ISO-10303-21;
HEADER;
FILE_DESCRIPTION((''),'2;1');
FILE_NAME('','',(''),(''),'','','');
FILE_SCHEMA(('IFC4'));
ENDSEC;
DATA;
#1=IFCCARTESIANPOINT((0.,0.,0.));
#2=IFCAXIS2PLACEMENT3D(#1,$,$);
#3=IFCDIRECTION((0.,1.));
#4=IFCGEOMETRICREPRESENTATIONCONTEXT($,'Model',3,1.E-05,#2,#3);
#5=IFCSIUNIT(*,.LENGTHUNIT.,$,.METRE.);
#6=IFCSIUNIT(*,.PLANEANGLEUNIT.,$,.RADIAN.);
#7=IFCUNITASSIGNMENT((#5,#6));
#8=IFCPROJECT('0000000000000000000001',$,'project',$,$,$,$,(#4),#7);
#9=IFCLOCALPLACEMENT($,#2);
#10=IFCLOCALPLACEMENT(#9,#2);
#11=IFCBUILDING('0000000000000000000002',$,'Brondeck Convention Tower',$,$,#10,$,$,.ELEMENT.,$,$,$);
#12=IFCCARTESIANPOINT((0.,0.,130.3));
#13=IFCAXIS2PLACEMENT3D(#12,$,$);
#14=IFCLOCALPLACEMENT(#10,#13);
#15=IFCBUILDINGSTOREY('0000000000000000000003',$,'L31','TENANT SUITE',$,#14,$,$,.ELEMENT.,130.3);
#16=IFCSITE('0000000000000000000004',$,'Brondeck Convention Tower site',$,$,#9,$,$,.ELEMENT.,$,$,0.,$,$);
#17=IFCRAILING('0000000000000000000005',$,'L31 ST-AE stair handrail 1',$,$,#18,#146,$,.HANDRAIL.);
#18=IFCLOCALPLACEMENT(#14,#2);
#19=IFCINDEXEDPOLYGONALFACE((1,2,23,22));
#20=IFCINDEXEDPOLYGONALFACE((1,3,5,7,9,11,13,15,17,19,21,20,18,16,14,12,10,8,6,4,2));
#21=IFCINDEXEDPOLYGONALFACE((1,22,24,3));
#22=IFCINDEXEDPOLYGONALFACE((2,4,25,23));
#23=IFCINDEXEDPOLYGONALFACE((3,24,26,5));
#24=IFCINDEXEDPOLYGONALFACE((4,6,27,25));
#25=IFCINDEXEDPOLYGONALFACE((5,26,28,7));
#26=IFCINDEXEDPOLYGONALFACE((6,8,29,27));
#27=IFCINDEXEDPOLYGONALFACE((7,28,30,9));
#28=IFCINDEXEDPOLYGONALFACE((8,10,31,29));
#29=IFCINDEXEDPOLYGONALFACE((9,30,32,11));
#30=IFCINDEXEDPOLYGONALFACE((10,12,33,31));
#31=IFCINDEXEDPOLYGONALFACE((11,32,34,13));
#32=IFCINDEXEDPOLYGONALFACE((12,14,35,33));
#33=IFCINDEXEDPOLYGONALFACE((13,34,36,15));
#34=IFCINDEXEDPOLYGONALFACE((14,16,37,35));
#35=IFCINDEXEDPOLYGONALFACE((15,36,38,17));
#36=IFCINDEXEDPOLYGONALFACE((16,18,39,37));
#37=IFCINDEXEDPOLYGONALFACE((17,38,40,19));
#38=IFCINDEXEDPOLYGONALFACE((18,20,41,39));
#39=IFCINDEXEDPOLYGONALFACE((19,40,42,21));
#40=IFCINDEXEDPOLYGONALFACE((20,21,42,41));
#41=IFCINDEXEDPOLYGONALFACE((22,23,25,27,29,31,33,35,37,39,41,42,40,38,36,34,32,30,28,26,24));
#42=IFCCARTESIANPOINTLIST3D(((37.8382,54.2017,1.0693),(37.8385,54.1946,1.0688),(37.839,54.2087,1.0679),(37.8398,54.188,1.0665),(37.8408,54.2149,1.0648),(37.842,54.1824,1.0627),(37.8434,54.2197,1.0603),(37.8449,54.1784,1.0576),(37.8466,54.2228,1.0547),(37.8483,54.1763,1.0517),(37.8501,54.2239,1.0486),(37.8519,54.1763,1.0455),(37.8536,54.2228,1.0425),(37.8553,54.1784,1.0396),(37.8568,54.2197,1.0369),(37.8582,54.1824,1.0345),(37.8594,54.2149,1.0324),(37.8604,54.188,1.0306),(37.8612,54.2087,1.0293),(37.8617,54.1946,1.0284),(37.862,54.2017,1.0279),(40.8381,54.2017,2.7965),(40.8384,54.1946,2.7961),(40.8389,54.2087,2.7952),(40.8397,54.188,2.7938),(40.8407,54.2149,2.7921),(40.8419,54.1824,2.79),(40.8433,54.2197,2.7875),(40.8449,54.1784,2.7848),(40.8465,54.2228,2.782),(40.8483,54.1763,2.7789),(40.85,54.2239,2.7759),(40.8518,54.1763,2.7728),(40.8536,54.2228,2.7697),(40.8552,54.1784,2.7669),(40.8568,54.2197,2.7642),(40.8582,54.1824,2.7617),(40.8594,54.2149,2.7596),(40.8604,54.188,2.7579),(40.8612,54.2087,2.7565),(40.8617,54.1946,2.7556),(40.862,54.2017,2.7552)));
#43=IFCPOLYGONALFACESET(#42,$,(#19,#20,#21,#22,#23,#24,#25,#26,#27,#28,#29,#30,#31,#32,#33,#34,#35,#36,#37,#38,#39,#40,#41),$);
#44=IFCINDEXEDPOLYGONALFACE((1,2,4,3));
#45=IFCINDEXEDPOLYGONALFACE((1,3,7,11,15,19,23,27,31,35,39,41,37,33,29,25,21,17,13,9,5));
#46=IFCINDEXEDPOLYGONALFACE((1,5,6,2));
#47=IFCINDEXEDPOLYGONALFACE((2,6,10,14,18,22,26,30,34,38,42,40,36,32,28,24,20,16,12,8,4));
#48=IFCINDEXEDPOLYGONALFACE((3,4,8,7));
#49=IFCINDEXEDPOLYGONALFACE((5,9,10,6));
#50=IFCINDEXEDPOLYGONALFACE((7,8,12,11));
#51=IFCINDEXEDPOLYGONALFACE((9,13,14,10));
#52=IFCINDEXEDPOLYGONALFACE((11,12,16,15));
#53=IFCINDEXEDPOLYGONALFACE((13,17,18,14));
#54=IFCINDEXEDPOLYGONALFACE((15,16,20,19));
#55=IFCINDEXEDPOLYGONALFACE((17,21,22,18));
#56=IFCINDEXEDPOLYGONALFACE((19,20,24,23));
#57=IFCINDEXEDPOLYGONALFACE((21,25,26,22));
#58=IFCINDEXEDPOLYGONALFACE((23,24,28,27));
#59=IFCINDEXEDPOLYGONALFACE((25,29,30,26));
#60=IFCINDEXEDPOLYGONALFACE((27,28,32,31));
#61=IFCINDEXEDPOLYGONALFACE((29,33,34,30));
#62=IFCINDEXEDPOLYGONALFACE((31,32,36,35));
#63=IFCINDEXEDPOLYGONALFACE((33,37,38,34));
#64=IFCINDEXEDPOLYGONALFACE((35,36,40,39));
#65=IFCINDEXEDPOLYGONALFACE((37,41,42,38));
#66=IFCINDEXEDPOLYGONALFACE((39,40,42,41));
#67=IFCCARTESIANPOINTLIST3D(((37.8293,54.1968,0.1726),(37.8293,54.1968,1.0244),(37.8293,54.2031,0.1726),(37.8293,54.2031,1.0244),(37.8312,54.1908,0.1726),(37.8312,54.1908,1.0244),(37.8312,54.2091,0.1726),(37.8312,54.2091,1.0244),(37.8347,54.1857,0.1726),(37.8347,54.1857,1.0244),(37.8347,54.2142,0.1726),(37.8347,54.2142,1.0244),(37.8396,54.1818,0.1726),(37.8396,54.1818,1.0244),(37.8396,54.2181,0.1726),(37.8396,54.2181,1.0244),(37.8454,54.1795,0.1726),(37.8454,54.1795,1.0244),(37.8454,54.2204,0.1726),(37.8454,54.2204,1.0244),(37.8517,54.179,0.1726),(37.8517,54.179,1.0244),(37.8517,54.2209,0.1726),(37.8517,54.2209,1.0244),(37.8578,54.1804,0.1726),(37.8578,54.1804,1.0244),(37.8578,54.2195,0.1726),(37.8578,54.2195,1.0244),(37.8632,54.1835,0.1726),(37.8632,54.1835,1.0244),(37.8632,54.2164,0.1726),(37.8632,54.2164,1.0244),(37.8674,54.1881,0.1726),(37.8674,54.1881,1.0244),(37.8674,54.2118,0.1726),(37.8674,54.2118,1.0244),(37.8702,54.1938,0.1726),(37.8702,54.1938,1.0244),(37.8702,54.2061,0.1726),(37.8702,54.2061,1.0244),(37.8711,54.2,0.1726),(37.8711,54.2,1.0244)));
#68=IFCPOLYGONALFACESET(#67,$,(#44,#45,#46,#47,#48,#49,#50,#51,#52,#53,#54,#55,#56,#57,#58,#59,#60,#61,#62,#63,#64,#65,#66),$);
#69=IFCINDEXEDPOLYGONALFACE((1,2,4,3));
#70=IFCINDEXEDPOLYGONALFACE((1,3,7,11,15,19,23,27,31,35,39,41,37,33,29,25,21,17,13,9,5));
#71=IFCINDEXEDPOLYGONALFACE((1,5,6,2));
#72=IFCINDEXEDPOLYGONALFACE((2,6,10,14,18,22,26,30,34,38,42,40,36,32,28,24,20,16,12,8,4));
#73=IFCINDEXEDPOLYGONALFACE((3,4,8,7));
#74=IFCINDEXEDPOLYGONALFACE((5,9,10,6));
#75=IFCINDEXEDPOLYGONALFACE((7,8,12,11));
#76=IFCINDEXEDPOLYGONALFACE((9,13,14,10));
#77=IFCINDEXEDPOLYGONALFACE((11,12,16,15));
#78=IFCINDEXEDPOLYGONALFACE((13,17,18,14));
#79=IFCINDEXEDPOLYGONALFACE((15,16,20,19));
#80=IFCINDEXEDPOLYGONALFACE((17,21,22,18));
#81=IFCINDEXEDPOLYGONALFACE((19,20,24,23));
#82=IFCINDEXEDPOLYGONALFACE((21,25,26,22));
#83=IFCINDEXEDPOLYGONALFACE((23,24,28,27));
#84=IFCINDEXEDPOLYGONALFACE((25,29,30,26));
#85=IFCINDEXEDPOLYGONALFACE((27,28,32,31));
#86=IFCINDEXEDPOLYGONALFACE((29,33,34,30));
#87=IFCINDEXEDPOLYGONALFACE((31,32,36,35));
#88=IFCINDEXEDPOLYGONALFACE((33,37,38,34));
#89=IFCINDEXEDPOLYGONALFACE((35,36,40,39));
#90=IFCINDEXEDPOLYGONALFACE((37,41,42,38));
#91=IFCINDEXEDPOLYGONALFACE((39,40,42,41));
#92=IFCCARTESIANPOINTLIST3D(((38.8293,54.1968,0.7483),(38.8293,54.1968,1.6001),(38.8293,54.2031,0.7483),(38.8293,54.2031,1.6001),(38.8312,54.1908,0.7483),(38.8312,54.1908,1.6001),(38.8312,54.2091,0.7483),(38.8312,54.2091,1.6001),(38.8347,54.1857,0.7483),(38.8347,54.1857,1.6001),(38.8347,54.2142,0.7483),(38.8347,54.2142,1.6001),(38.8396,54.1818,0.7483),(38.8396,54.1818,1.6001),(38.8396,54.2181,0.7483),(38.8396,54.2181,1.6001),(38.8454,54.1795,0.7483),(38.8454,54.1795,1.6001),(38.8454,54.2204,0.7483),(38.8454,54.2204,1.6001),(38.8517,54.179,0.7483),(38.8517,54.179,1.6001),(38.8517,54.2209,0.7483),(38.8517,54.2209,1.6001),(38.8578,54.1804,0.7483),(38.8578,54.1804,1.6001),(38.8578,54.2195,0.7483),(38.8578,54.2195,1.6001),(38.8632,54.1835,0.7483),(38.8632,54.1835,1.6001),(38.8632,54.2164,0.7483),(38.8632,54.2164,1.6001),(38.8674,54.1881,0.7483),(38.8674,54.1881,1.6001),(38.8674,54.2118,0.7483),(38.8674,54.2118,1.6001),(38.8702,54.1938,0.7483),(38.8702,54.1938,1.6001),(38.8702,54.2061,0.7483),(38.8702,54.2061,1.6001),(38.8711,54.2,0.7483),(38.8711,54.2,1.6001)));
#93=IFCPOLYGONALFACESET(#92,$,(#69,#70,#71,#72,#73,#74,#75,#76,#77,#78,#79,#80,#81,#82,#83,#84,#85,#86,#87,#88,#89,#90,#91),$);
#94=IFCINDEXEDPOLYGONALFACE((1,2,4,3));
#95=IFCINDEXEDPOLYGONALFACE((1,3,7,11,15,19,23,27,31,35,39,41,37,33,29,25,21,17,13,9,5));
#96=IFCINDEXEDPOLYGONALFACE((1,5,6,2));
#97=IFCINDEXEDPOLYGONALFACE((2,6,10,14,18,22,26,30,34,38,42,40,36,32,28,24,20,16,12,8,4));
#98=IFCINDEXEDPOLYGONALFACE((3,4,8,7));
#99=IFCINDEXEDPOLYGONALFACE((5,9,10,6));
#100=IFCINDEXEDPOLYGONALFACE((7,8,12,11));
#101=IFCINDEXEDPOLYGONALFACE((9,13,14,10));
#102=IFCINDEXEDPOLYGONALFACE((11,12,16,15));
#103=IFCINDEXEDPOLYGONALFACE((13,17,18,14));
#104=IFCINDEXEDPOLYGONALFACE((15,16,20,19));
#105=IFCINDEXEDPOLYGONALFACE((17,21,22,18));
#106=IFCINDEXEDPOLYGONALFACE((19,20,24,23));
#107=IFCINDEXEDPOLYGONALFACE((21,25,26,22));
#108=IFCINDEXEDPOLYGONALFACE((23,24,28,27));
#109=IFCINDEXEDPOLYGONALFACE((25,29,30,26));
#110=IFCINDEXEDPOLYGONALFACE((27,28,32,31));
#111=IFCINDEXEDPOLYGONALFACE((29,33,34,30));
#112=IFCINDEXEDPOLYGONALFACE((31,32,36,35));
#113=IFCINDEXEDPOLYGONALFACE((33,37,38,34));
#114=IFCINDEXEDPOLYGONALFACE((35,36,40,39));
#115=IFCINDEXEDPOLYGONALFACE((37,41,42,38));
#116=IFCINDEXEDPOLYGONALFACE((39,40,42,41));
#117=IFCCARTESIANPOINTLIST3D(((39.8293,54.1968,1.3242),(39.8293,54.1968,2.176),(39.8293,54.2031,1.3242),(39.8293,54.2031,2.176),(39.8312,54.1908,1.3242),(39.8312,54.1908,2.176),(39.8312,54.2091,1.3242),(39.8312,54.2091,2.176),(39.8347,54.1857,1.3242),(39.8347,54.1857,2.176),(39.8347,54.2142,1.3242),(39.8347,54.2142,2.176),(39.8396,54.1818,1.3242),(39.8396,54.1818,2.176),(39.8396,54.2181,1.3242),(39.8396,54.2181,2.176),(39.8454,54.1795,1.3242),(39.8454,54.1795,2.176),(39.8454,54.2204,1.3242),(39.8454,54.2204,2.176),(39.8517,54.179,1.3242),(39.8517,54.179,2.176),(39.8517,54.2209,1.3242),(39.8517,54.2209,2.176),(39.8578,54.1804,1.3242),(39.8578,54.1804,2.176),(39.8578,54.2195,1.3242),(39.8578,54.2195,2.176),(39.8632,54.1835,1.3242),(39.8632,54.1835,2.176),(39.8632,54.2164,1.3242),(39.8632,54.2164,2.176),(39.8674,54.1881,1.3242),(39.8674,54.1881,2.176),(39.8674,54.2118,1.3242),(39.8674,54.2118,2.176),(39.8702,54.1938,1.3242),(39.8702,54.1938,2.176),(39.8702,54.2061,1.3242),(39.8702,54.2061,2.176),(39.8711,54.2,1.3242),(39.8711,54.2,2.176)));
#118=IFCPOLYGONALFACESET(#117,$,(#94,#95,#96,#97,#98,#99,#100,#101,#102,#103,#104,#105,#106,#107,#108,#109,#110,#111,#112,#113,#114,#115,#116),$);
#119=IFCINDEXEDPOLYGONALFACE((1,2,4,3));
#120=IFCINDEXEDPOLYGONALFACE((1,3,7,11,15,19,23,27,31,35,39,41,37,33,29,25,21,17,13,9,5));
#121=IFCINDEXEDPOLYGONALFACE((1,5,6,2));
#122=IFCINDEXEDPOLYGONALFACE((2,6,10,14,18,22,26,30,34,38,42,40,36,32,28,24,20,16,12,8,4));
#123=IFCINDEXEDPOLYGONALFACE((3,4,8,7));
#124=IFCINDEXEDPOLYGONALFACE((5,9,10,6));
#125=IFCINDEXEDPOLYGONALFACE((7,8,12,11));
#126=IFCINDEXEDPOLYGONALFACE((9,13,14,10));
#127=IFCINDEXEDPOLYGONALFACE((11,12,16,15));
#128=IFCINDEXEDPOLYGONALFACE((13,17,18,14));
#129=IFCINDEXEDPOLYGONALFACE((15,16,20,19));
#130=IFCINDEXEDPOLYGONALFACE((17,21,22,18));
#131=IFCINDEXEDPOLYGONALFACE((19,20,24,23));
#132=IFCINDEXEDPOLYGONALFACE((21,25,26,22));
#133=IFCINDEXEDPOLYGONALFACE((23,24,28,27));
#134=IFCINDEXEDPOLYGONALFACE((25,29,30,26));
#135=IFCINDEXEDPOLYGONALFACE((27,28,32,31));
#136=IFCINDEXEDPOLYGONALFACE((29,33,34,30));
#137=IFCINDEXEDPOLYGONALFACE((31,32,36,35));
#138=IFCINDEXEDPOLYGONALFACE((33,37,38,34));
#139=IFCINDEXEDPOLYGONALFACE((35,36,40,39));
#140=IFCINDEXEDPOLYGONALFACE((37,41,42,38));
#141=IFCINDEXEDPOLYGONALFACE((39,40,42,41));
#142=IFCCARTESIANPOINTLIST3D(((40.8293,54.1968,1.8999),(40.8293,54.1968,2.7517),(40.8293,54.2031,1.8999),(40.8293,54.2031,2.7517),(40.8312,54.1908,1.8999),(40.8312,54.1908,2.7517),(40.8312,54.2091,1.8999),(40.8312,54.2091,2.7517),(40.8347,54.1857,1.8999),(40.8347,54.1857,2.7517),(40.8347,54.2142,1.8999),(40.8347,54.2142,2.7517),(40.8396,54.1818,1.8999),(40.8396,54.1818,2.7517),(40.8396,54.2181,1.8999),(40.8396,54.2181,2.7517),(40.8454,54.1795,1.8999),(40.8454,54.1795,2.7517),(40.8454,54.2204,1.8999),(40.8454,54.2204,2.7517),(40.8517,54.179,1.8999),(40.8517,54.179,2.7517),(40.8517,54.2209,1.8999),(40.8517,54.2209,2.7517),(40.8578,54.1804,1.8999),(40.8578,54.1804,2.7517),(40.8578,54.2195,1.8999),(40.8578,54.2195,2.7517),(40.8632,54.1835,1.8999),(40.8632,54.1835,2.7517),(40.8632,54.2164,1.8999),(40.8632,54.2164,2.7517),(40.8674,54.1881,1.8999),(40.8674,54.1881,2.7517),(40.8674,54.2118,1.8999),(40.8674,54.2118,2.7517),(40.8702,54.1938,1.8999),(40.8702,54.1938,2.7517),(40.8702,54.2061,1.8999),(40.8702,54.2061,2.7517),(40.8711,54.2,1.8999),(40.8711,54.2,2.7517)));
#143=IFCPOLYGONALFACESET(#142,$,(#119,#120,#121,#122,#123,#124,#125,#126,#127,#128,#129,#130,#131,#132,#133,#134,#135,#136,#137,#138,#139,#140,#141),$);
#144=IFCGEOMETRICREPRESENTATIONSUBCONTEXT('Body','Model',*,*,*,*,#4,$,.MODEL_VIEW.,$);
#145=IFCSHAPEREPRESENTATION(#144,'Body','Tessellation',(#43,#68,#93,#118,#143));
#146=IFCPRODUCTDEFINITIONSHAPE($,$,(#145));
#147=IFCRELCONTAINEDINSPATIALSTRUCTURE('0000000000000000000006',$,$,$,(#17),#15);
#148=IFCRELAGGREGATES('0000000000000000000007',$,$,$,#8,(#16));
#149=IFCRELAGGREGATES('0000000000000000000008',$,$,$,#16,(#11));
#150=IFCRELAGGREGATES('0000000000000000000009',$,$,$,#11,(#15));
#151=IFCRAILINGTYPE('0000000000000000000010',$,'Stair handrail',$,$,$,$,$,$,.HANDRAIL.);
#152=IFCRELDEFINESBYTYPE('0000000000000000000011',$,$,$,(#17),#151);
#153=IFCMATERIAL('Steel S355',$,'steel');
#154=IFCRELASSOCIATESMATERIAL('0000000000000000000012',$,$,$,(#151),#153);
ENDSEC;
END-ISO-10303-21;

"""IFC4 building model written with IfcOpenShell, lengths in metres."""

from ifc_helpers import new_model, si_unit, direction, frame, origin, origin_2d, place, context, subcontext, project, spatial, circle, extrude, material, type_object, element, save


model = new_model("IFC4")

# Units and contexts
model_context = context("Model", 3, precision=1e-05, world=origin(), true_north=direction((0.0, 1.0)))
body_context = subcontext(model_context, "Body", "Model", "MODEL_VIEW")
ifc_project = project(units=[si_unit("LENGTHUNIT", "METRE"), si_unit("PLANEANGLEUNIT", "RADIAN")], contexts=[model_context])

# Site, building, storey
site_placement = place(None, origin())
site = spatial("IfcSite", under=ifc_project, at=site_placement, Name="Brondeck Convention Tower site", CompositionType="ELEMENT", RefElevation=0.0)
building_placement = place(site_placement, origin())
building = spatial("IfcBuilding", under=site, at=building_placement, Name="Brondeck Convention Tower", CompositionType="ELEMENT")
storey_placement = place(building_placement, frame((0.0, 0.0, 130.3)))
storey = spatial("IfcBuildingStorey", under=building, at=storey_placement, Name="L31", Description="TENANT SUITE", CompositionType="ELEMENT", Elevation=130.3)

# Shared definitions
ifc_material_1 = material(Name="Steel S355", Category="steel")

# Railing
railing_type_1 = type_object("IfcRailingType", Name="Stair handrail", PredefinedType="HANDRAIL", material=ifc_material_1)
railing_1_placement = place(storey_placement, frame((37.8501, 54.2, 0.1726)))
element("IfcRailing", 1, at=railing_1_placement, inside=storey, type_object=railing_type_1, Name="L31 ST-AE stair handrail 1", PredefinedType="HANDRAIL", context=body_context, shape_type="SweptSolid", body=[
    extrude(circle(Radius=0.0239, at=origin_2d()), frame((0.0, 0.0, 0.876), z_axis=(0.86662, 0.0, 0.498969), x_axis=(0.0, 1.0, 0.0)), (0.0, 0.0, 1.0), 3.4617),
    extrude(circle(Radius=0.021, at=origin_2d()), origin(), (0.0, 0.0, 1.0), 0.8518),
    extrude(circle(Radius=0.021, at=origin_2d()), frame((1.0, 0.0, 0.5757)), (0.0, 0.0, 1.0), 0.8518),
    extrude(circle(Radius=0.021, at=origin_2d()), frame((2.0, 0.0, 1.1516)), (0.0, 0.0, 1.0), 0.8518),
    extrude(circle(Radius=0.021, at=origin_2d()), frame((3.0, 0.0, 1.7273)), (0.0, 0.0, 1.0), 0.8518),
])

save(model, "model.ifc")
